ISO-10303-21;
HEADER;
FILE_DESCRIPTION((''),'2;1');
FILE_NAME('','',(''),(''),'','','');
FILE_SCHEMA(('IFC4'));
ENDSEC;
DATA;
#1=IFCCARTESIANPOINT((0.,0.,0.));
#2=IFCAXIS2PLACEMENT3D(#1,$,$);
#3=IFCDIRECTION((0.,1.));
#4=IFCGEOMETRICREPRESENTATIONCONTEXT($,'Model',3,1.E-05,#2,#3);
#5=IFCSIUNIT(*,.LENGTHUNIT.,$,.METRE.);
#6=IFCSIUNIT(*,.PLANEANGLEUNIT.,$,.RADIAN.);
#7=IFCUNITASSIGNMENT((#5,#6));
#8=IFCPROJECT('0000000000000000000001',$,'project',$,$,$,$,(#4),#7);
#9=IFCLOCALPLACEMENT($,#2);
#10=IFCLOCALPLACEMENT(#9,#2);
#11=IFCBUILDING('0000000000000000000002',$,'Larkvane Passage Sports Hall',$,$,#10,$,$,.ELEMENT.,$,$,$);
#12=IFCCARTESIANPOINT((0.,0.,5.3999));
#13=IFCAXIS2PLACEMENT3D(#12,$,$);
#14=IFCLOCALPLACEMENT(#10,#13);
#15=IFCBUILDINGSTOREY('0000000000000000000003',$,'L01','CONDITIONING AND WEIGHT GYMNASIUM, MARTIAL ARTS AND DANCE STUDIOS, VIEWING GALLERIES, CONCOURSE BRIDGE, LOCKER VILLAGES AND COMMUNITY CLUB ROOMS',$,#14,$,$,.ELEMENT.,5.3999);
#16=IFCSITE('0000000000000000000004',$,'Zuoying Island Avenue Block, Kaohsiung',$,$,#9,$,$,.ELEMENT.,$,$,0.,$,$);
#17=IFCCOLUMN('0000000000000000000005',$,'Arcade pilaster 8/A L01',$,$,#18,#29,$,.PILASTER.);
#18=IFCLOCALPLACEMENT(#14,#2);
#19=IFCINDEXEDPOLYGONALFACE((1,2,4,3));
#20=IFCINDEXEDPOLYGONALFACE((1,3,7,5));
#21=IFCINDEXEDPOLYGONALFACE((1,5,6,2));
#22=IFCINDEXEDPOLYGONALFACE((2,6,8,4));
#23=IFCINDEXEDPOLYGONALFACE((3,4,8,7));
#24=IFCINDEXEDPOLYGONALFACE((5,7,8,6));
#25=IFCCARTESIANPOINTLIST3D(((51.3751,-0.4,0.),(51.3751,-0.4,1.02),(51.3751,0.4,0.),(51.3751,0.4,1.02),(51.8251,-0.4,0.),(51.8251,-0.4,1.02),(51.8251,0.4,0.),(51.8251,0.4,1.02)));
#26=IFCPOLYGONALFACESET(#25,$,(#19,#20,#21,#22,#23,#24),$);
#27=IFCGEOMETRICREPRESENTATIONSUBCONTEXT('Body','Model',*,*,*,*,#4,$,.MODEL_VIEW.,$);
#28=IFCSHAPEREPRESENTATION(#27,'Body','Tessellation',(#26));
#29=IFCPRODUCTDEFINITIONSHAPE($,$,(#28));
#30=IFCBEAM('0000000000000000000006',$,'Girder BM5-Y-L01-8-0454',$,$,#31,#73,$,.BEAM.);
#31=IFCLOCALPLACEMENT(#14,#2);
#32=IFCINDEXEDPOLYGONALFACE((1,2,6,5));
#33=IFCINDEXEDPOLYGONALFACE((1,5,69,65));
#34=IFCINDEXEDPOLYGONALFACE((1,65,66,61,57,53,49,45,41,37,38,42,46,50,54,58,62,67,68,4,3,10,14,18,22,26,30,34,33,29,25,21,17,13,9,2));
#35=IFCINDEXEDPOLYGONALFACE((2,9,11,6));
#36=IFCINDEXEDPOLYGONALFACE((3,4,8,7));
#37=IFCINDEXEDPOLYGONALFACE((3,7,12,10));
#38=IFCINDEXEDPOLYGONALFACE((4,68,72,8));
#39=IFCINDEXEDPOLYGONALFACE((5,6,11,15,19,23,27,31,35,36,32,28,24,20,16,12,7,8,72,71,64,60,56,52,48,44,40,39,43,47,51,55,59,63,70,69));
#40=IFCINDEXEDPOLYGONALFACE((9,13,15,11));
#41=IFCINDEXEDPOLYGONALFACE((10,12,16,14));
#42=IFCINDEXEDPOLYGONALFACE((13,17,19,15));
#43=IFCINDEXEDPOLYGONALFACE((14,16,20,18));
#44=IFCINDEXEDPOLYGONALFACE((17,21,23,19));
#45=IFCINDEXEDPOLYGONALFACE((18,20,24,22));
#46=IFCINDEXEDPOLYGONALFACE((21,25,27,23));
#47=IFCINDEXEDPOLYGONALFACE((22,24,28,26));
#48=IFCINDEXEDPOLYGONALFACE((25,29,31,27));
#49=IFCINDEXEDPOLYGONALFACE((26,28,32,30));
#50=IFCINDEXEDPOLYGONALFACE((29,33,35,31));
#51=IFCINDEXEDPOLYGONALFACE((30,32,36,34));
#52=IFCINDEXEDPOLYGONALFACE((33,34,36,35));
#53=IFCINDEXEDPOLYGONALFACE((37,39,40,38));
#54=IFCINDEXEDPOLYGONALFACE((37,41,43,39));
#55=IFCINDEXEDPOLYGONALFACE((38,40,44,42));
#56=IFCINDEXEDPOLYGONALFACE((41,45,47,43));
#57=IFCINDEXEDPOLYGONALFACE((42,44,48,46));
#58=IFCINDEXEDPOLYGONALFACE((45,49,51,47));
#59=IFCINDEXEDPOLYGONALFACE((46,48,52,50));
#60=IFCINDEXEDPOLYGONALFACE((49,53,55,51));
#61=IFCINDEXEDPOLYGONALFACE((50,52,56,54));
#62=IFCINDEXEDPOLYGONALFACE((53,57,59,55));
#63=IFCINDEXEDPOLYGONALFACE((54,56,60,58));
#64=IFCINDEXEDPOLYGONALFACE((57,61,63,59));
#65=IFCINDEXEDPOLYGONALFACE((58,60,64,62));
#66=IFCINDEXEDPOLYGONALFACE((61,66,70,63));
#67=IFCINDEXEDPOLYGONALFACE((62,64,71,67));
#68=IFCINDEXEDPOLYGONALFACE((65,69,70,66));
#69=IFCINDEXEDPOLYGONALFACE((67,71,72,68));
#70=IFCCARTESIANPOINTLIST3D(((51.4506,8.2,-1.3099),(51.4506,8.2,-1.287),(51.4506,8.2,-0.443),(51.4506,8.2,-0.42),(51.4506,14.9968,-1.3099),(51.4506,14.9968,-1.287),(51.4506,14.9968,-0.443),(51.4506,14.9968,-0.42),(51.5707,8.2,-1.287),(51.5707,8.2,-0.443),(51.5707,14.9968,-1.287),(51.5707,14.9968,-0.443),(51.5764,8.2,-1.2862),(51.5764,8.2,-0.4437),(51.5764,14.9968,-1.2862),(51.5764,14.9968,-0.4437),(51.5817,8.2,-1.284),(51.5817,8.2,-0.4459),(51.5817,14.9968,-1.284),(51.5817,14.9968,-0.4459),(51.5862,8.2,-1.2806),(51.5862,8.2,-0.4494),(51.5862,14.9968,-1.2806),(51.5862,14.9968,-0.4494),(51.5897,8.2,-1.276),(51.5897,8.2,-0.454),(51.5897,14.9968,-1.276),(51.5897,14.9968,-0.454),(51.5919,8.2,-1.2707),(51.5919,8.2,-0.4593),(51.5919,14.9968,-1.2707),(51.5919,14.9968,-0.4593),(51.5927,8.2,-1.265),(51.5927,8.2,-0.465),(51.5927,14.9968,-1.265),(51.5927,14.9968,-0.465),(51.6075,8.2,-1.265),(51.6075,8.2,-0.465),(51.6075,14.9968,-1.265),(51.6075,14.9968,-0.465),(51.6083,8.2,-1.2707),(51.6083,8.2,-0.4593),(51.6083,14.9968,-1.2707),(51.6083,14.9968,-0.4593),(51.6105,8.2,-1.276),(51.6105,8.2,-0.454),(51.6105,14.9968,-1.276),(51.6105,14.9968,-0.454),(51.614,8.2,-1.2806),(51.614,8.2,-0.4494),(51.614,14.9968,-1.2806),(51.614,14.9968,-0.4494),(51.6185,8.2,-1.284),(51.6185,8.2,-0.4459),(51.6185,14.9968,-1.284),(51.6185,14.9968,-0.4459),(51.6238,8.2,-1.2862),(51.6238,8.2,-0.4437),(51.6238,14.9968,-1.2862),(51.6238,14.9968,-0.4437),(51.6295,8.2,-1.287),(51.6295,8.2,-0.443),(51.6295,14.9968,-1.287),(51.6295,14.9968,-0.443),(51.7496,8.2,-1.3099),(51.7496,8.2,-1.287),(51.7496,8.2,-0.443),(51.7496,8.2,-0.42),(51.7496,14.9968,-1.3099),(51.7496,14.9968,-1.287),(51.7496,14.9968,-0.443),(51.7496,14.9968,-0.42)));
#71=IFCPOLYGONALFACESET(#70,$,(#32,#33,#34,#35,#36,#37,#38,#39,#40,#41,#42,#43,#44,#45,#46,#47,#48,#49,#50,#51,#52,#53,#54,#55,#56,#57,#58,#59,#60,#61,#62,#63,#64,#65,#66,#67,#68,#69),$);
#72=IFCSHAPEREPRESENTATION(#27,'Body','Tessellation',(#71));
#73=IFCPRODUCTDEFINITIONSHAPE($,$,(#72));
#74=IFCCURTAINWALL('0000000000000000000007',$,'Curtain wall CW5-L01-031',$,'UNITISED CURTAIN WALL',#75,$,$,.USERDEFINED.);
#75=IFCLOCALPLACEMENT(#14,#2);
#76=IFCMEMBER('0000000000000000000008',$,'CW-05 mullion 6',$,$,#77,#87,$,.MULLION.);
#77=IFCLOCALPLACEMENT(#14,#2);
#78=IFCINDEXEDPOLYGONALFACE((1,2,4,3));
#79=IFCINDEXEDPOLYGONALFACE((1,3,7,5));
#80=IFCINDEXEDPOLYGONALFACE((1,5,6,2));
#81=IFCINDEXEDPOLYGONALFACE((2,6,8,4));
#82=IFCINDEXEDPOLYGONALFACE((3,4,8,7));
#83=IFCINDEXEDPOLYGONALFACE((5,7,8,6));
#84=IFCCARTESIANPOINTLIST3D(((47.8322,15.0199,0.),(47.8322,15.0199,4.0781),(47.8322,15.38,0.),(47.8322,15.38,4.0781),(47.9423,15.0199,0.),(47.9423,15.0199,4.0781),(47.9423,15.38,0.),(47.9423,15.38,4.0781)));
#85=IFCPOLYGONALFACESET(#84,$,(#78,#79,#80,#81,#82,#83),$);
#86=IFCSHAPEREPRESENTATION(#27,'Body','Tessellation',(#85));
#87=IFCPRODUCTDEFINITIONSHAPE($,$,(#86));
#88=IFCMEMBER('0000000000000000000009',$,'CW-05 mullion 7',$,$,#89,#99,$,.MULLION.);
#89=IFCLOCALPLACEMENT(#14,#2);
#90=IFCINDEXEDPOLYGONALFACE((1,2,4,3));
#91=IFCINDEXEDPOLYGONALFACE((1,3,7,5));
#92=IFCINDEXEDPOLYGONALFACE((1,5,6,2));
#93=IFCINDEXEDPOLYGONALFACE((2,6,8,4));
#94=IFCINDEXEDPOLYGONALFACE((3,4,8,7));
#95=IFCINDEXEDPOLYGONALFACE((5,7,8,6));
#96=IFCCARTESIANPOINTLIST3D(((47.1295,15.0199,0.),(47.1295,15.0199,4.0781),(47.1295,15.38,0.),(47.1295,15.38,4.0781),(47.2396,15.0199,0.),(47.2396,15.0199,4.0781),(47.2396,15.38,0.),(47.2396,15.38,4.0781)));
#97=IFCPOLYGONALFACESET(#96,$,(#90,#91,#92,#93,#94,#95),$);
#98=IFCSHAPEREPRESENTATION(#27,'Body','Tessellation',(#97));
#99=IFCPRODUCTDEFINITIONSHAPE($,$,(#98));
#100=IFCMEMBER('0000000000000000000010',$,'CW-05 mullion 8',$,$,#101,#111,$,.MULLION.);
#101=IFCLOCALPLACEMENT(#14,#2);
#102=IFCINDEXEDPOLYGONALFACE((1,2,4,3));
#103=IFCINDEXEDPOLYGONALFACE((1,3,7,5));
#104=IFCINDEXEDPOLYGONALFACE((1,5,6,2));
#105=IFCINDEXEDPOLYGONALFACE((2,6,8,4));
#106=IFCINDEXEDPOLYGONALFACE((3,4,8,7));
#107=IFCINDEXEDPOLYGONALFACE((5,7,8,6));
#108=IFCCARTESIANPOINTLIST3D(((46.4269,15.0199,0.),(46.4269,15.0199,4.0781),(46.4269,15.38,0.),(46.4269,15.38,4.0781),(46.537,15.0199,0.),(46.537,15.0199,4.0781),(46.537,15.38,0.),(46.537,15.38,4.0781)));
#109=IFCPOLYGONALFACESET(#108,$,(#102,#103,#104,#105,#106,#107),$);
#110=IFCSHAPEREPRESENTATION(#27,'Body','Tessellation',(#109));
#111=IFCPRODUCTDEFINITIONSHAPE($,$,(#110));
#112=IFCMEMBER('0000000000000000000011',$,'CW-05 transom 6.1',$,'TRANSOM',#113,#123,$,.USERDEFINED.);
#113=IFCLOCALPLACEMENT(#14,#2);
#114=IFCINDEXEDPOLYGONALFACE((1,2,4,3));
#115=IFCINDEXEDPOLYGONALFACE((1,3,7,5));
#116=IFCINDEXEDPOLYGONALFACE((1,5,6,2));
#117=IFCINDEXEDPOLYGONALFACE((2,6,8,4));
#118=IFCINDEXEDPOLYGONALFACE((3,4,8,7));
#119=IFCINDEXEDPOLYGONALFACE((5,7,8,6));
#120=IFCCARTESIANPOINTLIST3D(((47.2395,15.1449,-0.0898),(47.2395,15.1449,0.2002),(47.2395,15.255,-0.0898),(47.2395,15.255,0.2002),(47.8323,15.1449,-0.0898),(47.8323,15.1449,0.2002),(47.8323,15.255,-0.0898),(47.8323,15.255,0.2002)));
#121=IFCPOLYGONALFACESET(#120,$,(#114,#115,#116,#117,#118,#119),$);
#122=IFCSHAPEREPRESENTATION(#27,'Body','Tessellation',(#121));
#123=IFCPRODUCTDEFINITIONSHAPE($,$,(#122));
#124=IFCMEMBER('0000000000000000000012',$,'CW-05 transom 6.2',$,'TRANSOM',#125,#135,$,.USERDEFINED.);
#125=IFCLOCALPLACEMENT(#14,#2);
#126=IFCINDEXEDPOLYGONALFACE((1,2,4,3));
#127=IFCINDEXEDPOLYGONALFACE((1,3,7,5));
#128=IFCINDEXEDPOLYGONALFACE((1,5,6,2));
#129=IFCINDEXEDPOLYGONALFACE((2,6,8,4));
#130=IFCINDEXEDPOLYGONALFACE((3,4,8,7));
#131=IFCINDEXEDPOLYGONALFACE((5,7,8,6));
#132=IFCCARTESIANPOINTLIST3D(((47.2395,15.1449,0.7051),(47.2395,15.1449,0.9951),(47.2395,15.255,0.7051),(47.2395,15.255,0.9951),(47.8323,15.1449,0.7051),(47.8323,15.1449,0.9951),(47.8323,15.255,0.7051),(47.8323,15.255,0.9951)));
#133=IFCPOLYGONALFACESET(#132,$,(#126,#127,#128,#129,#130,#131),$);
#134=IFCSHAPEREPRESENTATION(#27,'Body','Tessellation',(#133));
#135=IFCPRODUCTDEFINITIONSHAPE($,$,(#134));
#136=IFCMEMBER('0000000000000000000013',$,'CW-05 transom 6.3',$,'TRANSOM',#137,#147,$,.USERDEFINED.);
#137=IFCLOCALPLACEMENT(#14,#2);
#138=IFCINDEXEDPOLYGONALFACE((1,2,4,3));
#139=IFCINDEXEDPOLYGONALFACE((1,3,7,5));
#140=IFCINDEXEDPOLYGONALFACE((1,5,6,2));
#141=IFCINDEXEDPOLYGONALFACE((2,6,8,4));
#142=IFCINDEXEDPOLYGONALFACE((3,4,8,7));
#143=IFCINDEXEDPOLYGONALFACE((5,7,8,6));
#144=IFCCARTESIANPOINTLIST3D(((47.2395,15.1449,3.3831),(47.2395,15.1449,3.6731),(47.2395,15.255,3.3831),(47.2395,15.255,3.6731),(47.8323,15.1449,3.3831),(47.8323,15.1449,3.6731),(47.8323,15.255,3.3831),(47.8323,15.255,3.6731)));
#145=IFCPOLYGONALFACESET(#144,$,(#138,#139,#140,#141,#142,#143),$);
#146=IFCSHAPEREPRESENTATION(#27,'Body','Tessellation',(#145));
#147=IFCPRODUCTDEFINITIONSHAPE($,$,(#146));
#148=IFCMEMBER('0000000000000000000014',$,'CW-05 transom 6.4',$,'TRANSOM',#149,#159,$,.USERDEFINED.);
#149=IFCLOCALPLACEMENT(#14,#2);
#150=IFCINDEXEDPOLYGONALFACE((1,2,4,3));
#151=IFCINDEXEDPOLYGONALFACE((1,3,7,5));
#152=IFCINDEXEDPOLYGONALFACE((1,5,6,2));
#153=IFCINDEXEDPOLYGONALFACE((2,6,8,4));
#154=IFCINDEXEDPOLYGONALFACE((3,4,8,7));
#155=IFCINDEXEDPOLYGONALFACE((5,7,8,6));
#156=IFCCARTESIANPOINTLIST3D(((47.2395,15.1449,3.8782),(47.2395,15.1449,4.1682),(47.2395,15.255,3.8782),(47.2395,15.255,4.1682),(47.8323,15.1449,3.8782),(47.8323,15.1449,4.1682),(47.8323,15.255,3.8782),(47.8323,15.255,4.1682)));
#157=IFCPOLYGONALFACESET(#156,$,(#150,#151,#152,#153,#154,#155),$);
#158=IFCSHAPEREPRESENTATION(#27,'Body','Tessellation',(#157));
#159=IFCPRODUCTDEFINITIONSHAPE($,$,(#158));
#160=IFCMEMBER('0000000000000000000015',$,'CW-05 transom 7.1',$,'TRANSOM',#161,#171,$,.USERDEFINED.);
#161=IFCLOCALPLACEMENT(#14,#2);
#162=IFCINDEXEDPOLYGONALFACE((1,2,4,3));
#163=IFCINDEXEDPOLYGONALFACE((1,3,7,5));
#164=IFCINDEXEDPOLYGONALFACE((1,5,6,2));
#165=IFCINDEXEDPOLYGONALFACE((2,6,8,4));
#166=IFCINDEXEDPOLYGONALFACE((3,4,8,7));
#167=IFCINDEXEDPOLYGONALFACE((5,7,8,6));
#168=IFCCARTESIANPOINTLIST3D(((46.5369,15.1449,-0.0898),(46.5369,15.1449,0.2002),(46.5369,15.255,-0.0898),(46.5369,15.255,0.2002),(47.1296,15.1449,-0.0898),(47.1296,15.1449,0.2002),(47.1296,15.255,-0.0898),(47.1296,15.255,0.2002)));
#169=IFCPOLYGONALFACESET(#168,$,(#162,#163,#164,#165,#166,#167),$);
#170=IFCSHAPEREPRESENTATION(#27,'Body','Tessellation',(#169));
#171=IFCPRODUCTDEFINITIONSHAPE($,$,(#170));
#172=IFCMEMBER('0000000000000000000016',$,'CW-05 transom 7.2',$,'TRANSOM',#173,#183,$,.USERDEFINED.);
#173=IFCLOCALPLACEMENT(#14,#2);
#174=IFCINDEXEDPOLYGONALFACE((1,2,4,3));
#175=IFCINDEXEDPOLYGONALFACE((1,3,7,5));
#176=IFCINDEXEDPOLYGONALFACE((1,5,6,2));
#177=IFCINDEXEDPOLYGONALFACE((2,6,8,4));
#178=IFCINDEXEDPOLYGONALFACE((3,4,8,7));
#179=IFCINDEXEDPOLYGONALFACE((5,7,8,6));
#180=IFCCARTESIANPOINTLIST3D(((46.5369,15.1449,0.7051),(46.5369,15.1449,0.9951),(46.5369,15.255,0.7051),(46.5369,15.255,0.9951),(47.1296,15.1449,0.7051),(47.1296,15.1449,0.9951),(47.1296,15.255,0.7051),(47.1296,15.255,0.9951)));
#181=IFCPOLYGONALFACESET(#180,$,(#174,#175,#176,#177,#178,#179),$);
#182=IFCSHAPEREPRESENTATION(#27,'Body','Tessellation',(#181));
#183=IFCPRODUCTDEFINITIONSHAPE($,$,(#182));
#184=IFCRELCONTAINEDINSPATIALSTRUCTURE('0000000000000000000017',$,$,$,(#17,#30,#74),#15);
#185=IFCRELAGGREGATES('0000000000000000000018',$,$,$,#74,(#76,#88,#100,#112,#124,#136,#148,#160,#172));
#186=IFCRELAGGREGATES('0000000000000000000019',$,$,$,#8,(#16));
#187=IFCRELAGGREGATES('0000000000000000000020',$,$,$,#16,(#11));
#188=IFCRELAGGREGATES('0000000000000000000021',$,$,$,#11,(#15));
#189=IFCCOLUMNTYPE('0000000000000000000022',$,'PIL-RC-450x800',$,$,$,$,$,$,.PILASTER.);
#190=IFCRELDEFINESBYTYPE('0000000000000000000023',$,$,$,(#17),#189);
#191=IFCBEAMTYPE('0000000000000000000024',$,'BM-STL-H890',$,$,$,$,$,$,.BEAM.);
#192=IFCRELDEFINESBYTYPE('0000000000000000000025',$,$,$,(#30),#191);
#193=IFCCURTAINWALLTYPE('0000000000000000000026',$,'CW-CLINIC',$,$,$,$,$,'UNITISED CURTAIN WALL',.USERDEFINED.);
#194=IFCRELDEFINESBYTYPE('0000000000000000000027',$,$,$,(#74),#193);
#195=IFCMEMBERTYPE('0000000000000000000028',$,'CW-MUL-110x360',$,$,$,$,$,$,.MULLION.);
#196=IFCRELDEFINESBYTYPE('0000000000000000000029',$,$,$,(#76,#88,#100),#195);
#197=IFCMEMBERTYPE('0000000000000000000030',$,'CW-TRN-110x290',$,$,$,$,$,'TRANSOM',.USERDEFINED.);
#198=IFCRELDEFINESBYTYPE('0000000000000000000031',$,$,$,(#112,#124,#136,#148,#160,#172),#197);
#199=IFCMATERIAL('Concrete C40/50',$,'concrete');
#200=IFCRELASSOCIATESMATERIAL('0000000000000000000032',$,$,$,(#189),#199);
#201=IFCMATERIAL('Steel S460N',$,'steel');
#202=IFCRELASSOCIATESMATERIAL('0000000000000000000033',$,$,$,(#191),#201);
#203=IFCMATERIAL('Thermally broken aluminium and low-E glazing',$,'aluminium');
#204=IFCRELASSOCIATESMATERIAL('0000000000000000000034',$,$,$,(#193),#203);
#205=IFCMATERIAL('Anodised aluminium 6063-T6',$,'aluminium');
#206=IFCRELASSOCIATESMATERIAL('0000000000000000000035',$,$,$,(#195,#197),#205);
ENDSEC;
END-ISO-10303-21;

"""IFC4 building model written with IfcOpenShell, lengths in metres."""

from ifc_helpers import new_model, si_unit, direction, frame, origin, origin_2d, place, context, subcontext, project, spatial, rectangle, i_section, extrude, material, material_profile, profile_set, type_object, element, aggregate, save


model = new_model("IFC4")

# Units and contexts
model_context = context("Model", 3, precision=1e-05, world=origin(), true_north=direction((0.0, 1.0)))
body_context = subcontext(model_context, "Body", "Model", "MODEL_VIEW")
ifc_project = project(units=[si_unit("LENGTHUNIT", "METRE"), si_unit("PLANEANGLEUNIT", "RADIAN")], contexts=[model_context])

# Site, building, storey
site_placement = place(None, origin())
site = spatial("IfcSite", under=ifc_project, at=site_placement, Name="Zuoying Island Avenue Block, Kaohsiung", CompositionType="ELEMENT", RefElevation=0.0)
building_placement = place(site_placement, origin())
building = spatial("IfcBuilding", under=site, at=building_placement, Name="Larkvane Passage Sports Hall", CompositionType="ELEMENT")
storey_placement = place(building_placement, frame((0.0, 0.0, 5.3999)))
storey = spatial("IfcBuildingStorey", under=building, at=storey_placement, Name="L01", Description="CONDITIONING AND WEIGHT GYMNASIUM, MARTIAL ARTS AND DANCE STUDIOS, VIEWING GALLERIES, CONCOURSE BRIDGE, LOCKER VILLAGES AND COMMUNITY CLUB ROOMS", CompositionType="ELEMENT", Elevation=5.3999)

# Column
ifc_material_1 = material(Name="Concrete C40/50", Category="concrete")
ifc_material_profile_1 = material_profile(ifc_material_1, rectangle(XDim=0.45, YDim=0.8, at=origin_2d()), Name="RC-PIL-450x800")
ifc_profile_set_1 = profile_set([ifc_material_profile_1], Name="Concrete C40/50")
column_type = type_object("IfcColumnType", Name="PIL-RC-450x800", PredefinedType="PILASTER", material=ifc_profile_set_1)
column_placement = place(storey_placement, frame((51.6001, 0.0, 0.0), z_axis=(0.0, 0.0, 1.0), x_axis=(1.0, 0.0, 0.0)))
element("IfcColumn", 1, at=column_placement, inside=storey, type_object=column_type, Name="Arcade pilaster 8/A L01", PredefinedType="PILASTER", context=body_context, shape_type="SweptSolid", body=[
    extrude(rectangle(XDim=0.45, YDim=0.8, at=origin_2d()), origin(), (0.0, 0.0, 1.0), 1.02),
])

# Beam
ifc_material_2 = material(Name="Steel S460N", Category="steel")
ifc_material_profile_2 = material_profile(ifc_material_2, i_section(OverallWidth=0.2991, OverallDepth=0.8899, WebThickness=0.0149, FlangeThickness=0.0229, FilletRadius=0.022, at=origin_2d()), Name="H-890x299x15x23")
ifc_profile_set_2 = profile_set([ifc_material_profile_2], Name="Steel S460N")
beam_type_1 = type_object("IfcBeamType", Name="BM-STL-H890", PredefinedType="BEAM", material=ifc_profile_set_2)
beam_1_placement = place(storey_placement, frame((51.6001, 8.2, -0.865), z_axis=(0.0, 1.0, 0.0), x_axis=(-1.0, 0.0, 0.0)))
element("IfcBeam", 2, at=beam_1_placement, inside=storey, type_object=beam_type_1, Name="Girder BM5-Y-L01-8-0454", PredefinedType="BEAM", context=body_context, shape_type="SweptSolid", body=[
    extrude(i_section(OverallWidth=0.2991, OverallDepth=0.8899, WebThickness=0.0149, FlangeThickness=0.0229, FilletRadius=0.022, at=origin_2d()), origin(), (0.0, 0.0, 1.0), 6.7969),
])

# Curtain wall, members
ifc_material_3 = material(Name="Thermally broken aluminium and low-E glazing", Category="aluminium")
curtain_wall_type = type_object("IfcCurtainWallType", Name="CW-CLINIC", ElementType="UNITISED CURTAIN WALL", PredefinedType="USERDEFINED", material=ifc_material_3)
curtain_wall_placement = place(storey_placement, origin())
curtain_wall = element("IfcCurtainWall", 3, at=curtain_wall_placement, inside=storey, type_object=curtain_wall_type, Name="Curtain wall CW5-L01-031", ObjectType="UNITISED CURTAIN WALL", PredefinedType="USERDEFINED")
ifc_material_4 = material(Name="Anodised aluminium 6063-T6", Category="aluminium")
ifc_material_profile_3 = material_profile(ifc_material_4, rectangle(XDim=0.1101, YDim=0.3601, at=origin_2d()), Name="ALU-MUL-110x360")
ifc_profile_set_3 = profile_set([ifc_material_profile_3], Name="Anodised aluminium 6063-T6")
member_type_1 = type_object("IfcMemberType", Name="CW-MUL-110x360", PredefinedType="MULLION", material=ifc_profile_set_3)
member_1_placement = place(storey_placement, frame((47.8872, 15.2, 0.0), z_axis=(0.0, 0.0, 1.0), x_axis=(-1.0, 0.0, 0.0)))
member_1 = element("IfcMember", 4, at=member_1_placement, type_object=member_type_1, Name="CW-05 mullion 6", PredefinedType="MULLION", context=body_context, shape_type="SweptSolid", body=[
    extrude(rectangle(XDim=0.1101, YDim=0.3601, at=origin_2d()), origin(), (0.0, 0.0, 1.0), 4.0781),
])
member_2_placement = place(storey_placement, frame((47.1846, 15.2, 0.0), z_axis=(0.0, 0.0, 1.0), x_axis=(-1.0, 0.0, 0.0)))
member_2 = element("IfcMember", 5, at=member_2_placement, type_object=member_type_1, Name="CW-05 mullion 7", PredefinedType="MULLION", context=body_context, shape_type="SweptSolid", body=[
    extrude(rectangle(XDim=0.1101, YDim=0.3601, at=origin_2d()), origin(), (0.0, 0.0, 1.0), 4.0781),
])
member_3_placement = place(storey_placement, frame((46.4819, 15.2, 0.0), z_axis=(0.0, 0.0, 1.0), x_axis=(-1.0, 0.0, 0.0)))
member_3 = element("IfcMember", 6, at=member_3_placement, type_object=member_type_1, Name="CW-05 mullion 8", PredefinedType="MULLION", context=body_context, shape_type="SweptSolid", body=[
    extrude(rectangle(XDim=0.1101, YDim=0.3601, at=origin_2d()), origin(), (0.0, 0.0, 1.0), 4.0781),
])
ifc_material_profile_4 = material_profile(ifc_material_4, rectangle(XDim=0.1101, YDim=0.29, at=origin_2d()), Name="ALU-TRN-110x290")
ifc_profile_set_4 = profile_set([ifc_material_profile_4], Name="Anodised aluminium 6063-T6")
member_type_2 = type_object("IfcMemberType", Name="CW-TRN-110x290", ElementType="TRANSOM", PredefinedType="USERDEFINED", material=ifc_profile_set_4)
member_4_placement = place(storey_placement, frame((47.8323, 15.2, 0.0552), z_axis=(-1.0, 0.0, 0.0), x_axis=(0.0, -1.0, 0.0)))
member_4 = element("IfcMember", 7, at=member_4_placement, type_object=member_type_2, Name="CW-05 transom 6.1", ObjectType="TRANSOM", PredefinedType="USERDEFINED", context=body_context, shape_type="SweptSolid", body=[
    extrude(rectangle(XDim=0.1101, YDim=0.29, at=origin_2d()), origin(), (0.0, 0.0, 1.0), 0.5928),
])
member_5_placement = place(storey_placement, frame((47.8323, 15.2, 0.8501), z_axis=(-1.0, 0.0, 0.0), x_axis=(0.0, -1.0, 0.0)))
member_5 = element("IfcMember", 8, at=member_5_placement, type_object=member_type_2, Name="CW-05 transom 6.2", ObjectType="TRANSOM", PredefinedType="USERDEFINED", context=body_context, shape_type="SweptSolid", body=[
    extrude(rectangle(XDim=0.1101, YDim=0.29, at=origin_2d()), origin(), (0.0, 0.0, 1.0), 0.5928),
])
member_6_placement = place(storey_placement, frame((47.8323, 15.2, 3.5281), z_axis=(-1.0, 0.0, 0.0), x_axis=(0.0, -1.0, 0.0)))
member_6 = element("IfcMember", 9, at=member_6_placement, type_object=member_type_2, Name="CW-05 transom 6.3", ObjectType="TRANSOM", PredefinedType="USERDEFINED", context=body_context, shape_type="SweptSolid", body=[
    extrude(rectangle(XDim=0.1101, YDim=0.29, at=origin_2d()), origin(), (0.0, 0.0, 1.0), 0.5928),
])
member_7_placement = place(storey_placement, frame((47.8323, 15.2, 4.0232), z_axis=(-1.0, 0.0, 0.0), x_axis=(0.0, -1.0, 0.0)))
member_7 = element("IfcMember", 10, at=member_7_placement, type_object=member_type_2, Name="CW-05 transom 6.4", ObjectType="TRANSOM", PredefinedType="USERDEFINED", context=body_context, shape_type="SweptSolid", body=[
    extrude(rectangle(XDim=0.1101, YDim=0.29, at=origin_2d()), origin(), (0.0, 0.0, 1.0), 0.5928),
])
member_8_placement = place(storey_placement, frame((47.1296, 15.2, 0.0552), z_axis=(-1.0, 0.0, 0.0), x_axis=(0.0, -1.0, 0.0)))
member_8 = element("IfcMember", 11, at=member_8_placement, type_object=member_type_2, Name="CW-05 transom 7.1", ObjectType="TRANSOM", PredefinedType="USERDEFINED", context=body_context, shape_type="SweptSolid", body=[
    extrude(rectangle(XDim=0.1101, YDim=0.29, at=origin_2d()), origin(), (0.0, 0.0, 1.0), 0.5928),
])
member_9_placement = place(storey_placement, frame((47.1296, 15.2, 0.8501), z_axis=(-1.0, 0.0, 0.0), x_axis=(0.0, -1.0, 0.0)))
member_9 = element("IfcMember", 12, at=member_9_placement, type_object=member_type_2, Name="CW-05 transom 7.2", ObjectType="TRANSOM", PredefinedType="USERDEFINED", context=body_context, shape_type="SweptSolid", body=[
    extrude(rectangle(XDim=0.1101, YDim=0.29, at=origin_2d()), origin(), (0.0, 0.0, 1.0), 0.5928),
])

aggregate(curtain_wall, [member_1, member_2, member_3, member_4, member_5, member_6, member_7, member_8, member_9])

save(model, "model.ifc")
